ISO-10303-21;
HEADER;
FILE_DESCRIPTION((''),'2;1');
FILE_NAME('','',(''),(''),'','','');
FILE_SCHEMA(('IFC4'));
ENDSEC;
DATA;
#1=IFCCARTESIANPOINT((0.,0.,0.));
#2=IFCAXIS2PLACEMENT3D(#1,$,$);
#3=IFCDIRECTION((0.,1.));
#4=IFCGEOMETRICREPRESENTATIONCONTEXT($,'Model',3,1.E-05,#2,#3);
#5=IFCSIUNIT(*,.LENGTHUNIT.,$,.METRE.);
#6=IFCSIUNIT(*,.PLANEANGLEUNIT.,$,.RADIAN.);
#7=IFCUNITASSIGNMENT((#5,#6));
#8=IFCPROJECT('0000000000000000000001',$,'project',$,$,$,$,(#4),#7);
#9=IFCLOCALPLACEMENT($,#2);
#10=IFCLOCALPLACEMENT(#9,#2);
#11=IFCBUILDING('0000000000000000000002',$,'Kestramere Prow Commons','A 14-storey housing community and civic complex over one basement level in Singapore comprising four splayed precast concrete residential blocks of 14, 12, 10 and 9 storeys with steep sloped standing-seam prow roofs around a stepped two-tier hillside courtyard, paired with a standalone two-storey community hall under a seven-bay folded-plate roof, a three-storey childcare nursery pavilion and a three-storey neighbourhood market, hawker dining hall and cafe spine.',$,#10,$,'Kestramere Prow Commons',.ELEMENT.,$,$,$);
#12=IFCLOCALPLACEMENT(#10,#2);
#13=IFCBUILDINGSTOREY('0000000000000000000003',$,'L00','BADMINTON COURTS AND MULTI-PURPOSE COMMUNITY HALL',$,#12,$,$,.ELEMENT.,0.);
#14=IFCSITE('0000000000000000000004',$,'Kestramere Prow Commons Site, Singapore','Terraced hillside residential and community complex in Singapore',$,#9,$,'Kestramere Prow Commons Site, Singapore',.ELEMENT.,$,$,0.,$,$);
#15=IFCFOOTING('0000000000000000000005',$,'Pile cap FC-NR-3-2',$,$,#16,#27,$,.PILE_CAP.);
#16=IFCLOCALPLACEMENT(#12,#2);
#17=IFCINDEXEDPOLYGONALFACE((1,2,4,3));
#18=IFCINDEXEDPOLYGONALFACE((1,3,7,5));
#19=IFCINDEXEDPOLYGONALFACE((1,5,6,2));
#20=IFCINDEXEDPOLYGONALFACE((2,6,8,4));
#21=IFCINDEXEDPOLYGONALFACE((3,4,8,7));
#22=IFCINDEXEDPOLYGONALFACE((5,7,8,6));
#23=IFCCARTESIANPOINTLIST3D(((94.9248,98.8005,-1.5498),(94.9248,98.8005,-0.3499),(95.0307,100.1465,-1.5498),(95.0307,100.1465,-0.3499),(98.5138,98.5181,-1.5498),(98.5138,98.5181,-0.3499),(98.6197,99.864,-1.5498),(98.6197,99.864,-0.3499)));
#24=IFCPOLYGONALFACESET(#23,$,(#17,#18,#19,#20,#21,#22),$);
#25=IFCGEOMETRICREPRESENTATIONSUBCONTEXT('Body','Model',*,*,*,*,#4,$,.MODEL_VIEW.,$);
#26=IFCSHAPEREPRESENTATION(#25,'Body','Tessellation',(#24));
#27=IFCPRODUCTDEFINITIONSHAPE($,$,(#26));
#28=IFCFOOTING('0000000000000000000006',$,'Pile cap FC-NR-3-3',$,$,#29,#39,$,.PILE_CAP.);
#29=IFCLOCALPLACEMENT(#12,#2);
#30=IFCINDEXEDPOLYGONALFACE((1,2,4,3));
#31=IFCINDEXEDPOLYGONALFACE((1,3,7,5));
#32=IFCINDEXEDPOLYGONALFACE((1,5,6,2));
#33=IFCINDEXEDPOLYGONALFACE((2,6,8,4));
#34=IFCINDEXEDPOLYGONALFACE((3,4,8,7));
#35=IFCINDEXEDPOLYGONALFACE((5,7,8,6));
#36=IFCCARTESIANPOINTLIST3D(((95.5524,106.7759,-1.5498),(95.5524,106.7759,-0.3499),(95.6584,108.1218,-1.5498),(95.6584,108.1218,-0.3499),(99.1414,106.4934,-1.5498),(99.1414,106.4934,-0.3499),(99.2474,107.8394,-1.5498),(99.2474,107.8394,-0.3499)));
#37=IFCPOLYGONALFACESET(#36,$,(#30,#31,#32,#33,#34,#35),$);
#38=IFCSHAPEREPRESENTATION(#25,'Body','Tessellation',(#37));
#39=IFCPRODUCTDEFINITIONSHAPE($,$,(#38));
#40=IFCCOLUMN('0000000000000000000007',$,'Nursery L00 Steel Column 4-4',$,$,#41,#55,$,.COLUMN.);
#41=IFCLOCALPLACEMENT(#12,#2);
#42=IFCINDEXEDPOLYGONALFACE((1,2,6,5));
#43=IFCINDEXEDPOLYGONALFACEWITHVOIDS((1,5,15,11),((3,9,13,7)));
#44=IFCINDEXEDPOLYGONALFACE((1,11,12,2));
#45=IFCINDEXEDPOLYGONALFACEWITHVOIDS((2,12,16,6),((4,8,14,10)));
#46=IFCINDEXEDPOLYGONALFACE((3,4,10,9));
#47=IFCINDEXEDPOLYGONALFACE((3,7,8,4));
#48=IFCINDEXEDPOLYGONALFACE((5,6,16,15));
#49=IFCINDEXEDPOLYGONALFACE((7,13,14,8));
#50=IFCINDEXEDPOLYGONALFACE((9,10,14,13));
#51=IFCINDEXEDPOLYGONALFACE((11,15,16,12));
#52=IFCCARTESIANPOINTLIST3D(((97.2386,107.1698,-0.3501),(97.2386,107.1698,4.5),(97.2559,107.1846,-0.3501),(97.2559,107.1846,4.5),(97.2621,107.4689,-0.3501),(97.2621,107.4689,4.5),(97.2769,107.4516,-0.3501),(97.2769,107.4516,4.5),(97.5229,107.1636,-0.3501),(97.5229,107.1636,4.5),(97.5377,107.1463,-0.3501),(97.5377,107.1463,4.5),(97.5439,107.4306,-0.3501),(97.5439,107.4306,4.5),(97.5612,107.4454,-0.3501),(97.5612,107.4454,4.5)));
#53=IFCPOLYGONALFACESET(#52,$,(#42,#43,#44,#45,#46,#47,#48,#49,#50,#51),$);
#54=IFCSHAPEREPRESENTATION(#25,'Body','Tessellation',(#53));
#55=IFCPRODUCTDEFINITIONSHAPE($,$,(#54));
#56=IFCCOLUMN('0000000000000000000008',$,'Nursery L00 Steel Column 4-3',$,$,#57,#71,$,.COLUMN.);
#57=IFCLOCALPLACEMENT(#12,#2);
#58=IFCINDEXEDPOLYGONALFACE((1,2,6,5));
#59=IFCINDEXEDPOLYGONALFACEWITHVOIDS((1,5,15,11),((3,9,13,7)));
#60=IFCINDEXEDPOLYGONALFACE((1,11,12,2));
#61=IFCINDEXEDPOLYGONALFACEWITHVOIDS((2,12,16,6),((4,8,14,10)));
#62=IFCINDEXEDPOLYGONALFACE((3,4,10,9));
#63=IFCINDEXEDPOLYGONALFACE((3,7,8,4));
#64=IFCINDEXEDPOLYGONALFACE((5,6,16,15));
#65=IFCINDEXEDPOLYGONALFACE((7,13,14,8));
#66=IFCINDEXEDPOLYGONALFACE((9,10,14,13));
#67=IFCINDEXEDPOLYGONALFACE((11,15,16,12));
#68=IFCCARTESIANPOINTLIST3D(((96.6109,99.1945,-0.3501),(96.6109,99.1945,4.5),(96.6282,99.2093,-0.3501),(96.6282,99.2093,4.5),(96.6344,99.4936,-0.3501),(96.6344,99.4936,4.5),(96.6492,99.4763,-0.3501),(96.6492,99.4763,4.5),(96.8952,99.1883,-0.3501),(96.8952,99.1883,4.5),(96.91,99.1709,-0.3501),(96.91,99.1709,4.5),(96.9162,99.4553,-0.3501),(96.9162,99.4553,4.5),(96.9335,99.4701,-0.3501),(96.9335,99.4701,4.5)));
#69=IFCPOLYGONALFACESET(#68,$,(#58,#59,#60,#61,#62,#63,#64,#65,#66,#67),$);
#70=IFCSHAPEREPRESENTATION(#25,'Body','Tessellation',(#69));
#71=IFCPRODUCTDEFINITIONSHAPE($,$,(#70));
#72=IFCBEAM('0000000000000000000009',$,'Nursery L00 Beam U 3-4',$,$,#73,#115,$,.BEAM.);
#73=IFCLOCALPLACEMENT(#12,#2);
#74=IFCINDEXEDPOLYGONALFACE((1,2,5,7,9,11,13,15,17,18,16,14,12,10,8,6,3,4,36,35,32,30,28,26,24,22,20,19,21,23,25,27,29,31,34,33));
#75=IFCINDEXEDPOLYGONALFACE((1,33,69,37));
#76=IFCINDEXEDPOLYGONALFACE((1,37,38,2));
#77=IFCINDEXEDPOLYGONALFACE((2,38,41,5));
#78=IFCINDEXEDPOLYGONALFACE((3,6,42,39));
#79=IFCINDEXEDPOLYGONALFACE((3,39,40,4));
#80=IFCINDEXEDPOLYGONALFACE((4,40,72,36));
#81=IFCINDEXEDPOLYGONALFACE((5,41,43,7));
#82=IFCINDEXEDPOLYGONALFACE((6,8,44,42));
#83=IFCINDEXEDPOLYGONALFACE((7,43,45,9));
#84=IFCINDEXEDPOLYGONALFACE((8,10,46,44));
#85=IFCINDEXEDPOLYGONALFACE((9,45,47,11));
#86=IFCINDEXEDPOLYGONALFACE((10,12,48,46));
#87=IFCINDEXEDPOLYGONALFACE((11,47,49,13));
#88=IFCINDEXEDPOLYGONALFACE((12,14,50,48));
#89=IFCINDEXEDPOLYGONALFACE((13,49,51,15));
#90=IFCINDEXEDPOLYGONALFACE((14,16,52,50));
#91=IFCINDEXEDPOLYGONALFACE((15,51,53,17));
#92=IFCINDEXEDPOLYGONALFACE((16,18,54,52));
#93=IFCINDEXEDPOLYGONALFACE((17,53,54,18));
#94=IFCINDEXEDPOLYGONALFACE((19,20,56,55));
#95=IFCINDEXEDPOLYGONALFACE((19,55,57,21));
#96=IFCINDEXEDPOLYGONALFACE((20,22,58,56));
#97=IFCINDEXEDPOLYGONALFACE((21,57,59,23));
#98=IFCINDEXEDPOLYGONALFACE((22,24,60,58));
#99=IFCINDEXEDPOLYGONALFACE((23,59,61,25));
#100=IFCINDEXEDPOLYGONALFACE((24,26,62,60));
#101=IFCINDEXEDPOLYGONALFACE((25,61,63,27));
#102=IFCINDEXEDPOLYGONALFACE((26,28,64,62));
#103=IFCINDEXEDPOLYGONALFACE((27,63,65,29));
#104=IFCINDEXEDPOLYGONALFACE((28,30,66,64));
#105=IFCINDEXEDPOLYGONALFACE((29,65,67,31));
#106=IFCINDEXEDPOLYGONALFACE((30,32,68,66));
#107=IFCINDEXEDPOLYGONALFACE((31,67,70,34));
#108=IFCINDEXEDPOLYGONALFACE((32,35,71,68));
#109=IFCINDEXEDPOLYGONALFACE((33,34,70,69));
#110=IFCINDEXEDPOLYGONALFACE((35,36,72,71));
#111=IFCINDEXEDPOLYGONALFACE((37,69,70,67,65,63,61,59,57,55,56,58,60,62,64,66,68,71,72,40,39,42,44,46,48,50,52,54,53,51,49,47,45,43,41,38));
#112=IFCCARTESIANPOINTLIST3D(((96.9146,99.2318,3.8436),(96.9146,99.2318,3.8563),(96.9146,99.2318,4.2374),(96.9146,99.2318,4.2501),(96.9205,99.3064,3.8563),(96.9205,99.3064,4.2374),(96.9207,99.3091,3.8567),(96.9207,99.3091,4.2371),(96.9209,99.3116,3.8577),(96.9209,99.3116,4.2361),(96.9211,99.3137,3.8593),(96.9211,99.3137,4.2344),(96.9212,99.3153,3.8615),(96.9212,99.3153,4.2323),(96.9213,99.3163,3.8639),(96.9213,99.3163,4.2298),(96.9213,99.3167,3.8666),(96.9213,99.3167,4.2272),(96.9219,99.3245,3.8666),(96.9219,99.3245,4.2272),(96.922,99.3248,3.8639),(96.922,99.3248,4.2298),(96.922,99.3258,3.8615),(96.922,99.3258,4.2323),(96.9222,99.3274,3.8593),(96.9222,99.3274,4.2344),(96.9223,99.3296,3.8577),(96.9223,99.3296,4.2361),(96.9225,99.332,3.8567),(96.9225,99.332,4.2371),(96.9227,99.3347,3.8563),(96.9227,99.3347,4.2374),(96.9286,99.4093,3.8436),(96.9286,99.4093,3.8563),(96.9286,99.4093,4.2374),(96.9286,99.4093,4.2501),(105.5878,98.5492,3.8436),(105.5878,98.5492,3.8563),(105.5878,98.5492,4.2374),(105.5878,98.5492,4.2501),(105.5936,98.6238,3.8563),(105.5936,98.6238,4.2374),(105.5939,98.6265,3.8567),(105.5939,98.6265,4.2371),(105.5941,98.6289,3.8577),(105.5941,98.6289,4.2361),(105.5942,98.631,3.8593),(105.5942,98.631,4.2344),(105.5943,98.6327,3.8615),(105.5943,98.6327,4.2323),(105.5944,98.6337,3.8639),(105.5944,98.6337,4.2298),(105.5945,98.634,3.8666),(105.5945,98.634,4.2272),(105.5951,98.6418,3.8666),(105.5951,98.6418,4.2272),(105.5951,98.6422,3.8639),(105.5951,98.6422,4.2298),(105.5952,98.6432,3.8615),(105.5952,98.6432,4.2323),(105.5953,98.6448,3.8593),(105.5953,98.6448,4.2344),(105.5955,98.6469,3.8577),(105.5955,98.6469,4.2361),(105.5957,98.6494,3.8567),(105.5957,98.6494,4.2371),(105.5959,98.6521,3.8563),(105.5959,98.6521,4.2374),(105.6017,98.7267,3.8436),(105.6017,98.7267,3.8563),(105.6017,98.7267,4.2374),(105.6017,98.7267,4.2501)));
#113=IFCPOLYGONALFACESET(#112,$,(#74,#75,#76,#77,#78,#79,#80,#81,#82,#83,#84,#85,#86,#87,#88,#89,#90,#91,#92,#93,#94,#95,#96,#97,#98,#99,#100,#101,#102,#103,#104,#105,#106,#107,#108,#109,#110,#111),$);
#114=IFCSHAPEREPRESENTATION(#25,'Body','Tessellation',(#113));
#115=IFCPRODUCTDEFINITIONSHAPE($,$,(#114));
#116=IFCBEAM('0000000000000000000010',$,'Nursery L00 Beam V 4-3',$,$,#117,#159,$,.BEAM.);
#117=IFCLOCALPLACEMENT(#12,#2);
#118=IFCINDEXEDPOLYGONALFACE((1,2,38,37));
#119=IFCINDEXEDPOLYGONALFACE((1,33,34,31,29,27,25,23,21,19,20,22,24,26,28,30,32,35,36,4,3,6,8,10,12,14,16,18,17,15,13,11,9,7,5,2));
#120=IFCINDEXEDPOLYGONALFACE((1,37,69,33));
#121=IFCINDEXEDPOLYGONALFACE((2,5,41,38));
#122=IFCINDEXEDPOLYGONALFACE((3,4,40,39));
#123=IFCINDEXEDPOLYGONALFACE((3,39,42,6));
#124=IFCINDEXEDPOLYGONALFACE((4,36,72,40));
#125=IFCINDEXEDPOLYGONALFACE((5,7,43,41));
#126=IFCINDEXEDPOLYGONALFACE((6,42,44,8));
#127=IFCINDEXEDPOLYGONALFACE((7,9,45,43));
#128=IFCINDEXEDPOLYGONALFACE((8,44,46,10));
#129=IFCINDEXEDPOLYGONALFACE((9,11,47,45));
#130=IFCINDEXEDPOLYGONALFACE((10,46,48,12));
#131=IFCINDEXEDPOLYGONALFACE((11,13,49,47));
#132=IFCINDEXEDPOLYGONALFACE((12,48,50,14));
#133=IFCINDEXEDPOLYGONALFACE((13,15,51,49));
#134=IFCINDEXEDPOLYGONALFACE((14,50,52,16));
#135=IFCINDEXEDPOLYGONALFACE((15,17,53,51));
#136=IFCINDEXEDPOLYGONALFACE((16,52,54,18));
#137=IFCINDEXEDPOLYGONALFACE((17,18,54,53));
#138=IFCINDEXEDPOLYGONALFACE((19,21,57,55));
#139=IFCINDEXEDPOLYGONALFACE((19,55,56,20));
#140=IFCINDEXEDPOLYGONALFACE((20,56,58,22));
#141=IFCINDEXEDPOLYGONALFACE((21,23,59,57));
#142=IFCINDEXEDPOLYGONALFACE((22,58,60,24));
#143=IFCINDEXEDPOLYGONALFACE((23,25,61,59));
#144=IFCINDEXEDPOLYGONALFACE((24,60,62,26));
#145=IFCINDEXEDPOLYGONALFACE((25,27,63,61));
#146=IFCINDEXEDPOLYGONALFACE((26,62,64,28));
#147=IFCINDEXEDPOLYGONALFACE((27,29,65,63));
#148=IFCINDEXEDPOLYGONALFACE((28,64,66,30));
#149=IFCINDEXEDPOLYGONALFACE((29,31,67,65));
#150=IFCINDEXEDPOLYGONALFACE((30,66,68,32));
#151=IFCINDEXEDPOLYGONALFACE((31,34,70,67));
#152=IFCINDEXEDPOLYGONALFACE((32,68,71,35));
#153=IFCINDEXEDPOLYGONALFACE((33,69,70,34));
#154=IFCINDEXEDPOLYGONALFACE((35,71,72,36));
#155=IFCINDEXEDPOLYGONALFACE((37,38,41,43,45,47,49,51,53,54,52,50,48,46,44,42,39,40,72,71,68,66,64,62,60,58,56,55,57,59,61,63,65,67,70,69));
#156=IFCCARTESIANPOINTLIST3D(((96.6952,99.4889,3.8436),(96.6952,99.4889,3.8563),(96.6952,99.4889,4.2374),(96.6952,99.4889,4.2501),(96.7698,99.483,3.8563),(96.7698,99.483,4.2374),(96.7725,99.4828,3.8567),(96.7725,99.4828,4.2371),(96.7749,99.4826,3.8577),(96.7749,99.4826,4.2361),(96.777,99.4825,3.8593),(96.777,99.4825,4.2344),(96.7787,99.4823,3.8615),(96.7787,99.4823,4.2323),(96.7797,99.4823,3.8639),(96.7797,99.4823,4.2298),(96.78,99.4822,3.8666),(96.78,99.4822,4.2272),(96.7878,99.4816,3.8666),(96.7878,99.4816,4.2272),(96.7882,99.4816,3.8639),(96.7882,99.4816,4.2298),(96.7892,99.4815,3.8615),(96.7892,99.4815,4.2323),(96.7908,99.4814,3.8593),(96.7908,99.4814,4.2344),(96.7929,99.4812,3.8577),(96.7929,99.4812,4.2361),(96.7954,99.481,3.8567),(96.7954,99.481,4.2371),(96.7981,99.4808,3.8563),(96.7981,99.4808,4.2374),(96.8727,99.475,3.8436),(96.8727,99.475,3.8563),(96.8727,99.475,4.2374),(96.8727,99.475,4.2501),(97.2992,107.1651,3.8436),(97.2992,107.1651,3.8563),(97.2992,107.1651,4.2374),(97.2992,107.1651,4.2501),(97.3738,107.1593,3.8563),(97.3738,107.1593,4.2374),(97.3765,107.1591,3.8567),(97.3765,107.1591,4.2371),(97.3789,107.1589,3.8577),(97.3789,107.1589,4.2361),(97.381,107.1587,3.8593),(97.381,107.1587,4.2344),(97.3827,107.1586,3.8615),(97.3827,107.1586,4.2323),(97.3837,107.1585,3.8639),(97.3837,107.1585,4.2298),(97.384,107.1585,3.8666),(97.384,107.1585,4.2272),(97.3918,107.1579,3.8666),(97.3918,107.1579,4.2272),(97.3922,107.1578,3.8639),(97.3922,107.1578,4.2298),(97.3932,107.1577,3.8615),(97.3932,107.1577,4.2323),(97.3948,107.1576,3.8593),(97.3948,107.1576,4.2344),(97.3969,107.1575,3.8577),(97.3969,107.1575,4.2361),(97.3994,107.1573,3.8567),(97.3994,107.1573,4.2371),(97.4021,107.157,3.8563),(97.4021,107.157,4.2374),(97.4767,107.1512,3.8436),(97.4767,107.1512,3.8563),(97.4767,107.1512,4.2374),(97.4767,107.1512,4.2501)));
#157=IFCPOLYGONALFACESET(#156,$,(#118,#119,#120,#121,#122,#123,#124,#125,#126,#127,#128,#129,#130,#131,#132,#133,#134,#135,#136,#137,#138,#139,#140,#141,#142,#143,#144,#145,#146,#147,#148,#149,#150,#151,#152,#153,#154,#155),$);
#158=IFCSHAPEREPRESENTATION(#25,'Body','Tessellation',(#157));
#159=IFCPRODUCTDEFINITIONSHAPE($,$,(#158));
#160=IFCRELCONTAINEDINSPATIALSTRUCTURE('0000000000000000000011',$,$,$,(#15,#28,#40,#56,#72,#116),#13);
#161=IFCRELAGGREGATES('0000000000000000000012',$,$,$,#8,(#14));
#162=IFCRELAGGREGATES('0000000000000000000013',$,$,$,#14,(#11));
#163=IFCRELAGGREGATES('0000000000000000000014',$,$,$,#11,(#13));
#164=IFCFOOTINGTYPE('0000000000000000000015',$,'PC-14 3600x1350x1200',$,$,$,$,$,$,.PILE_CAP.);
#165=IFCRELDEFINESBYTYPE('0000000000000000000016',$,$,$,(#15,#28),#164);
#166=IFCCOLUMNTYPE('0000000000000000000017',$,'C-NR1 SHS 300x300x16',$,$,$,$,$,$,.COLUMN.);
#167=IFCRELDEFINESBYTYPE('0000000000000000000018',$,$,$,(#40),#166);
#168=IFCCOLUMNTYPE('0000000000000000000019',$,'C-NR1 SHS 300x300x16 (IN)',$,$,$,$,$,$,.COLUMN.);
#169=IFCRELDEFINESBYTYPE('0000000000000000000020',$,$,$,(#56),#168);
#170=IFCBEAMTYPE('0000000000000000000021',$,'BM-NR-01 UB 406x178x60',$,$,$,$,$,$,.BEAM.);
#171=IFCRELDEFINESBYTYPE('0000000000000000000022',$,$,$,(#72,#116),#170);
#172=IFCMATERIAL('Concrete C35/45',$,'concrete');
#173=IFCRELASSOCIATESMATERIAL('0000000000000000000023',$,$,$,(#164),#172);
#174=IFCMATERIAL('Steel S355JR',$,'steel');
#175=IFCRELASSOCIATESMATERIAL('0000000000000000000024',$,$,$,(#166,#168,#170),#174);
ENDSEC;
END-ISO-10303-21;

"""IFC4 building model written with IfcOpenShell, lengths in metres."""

from ifc_helpers import new_model, si_unit, direction, frame, origin, origin_2d, place, context, subcontext, project, spatial, rectangle, hollow_rectangle, i_section, extrude, material, material_profile, profile_set, type_object, element, save


model = new_model("IFC4")

# Units and contexts
model_context = context("Model", 3, precision=1e-05, world=origin(), true_north=direction((0.0, 1.0)))
body_context = subcontext(model_context, "Body", "Model", "MODEL_VIEW")
ifc_project = project(units=[si_unit("LENGTHUNIT", "METRE"), si_unit("PLANEANGLEUNIT", "RADIAN")], contexts=[model_context])

# Site, building, storey
site_placement = place(None, origin())
site = spatial("IfcSite", under=ifc_project, at=site_placement, Name="Kestramere Prow Commons Site, Singapore", Description="Terraced hillside residential and community complex in Singapore", LongName="Kestramere Prow Commons Site, Singapore", CompositionType="ELEMENT", RefElevation=0.0)
building_placement = place(site_placement, origin())
building = spatial("IfcBuilding", under=site, at=building_placement, Name="Kestramere Prow Commons", Description="A 14-storey housing community and civic complex over one basement level in Singapore comprising four splayed precast concrete residential blocks of 14, 12, 10 and 9 storeys with steep sloped standing-seam prow roofs around a stepped two-tier hillside courtyard, paired with a standalone two-storey community hall under a seven-bay folded-plate roof, a three-storey childcare nursery pavilion and a three-storey neighbourhood market, hawker dining hall and cafe spine.", LongName="Kestramere Prow Commons", CompositionType="ELEMENT")
storey_placement = place(building_placement, origin())
storey = spatial("IfcBuildingStorey", under=building, at=storey_placement, Name="L00", Description="BADMINTON COURTS AND MULTI-PURPOSE COMMUNITY HALL", CompositionType="ELEMENT", Elevation=0.0)

# Shared definitions
ifc_material_1 = material(Name="Concrete C35/45", Category="concrete")

# Footings
footing_type_1 = type_object("IfcFootingType", Name="PC-14 3600x1350x1200", PredefinedType="PILE_CAP", material=ifc_material_1)
for number, where, z_axis, x_axis, name in (
    (1, (96.7722, 99.3323, -1.5498), (0.0, 0.0, 1.0), (0.996917, -0.078459, 0.0), "Pile cap FC-NR-3-2"),
    (2, (97.3999, 107.3076, -1.5498), (0.0, 0.0, 1.0), (0.996917, -0.078459, 0.0), "Pile cap FC-NR-3-3"),
):
    element("IfcFooting", number, at=place(storey_placement, frame(where, z_axis=z_axis, x_axis=x_axis)), inside=storey, type_object=footing_type_1, Name=name, PredefinedType="PILE_CAP", context=body_context, shape_type="SweptSolid", body=[
        extrude(rectangle(XDim=3.6001, YDim=1.3501, at=origin_2d()), origin(), (0.0, 0.0, 1.0), 1.2),
    ])

# Columns
ifc_material_2 = material(Name="Steel S355JR", Category="steel")
ifc_material_profile_1 = material_profile(ifc_material_2, hollow_rectangle(XDim=0.3, YDim=0.3, WallThickness=0.0161, at=origin_2d()), Name="SHS 300x300x16")
ifc_profile_set_1 = profile_set([ifc_material_profile_1], Name="Steel S355JR")
column_type_1 = type_object("IfcColumnType", Name="C-NR1 SHS 300x300x16", PredefinedType="COLUMN", material=ifc_profile_set_1)
column_1_placement = place(storey_placement, frame((97.3999, 107.3076, -0.3501), z_axis=(0.0, 0.0, 1.0), x_axis=(0.996917, -0.078459, 0.0)))
element("IfcColumn", 3, at=column_1_placement, inside=storey, type_object=column_type_1, Name="Nursery L00 Steel Column 4-4", PredefinedType="COLUMN", context=body_context, shape_type="SweptSolid", body=[
    extrude(hollow_rectangle(XDim=0.3, YDim=0.3, WallThickness=0.0161, at=origin_2d()), origin(), (0.0, 0.0, 1.0), 4.8501),
])
ifc_material_profile_2 = material_profile(ifc_material_2, hollow_rectangle(XDim=0.3, YDim=0.3, WallThickness=0.0161, at=origin_2d()), Name="SHS 300x300x16")
ifc_profile_set_2 = profile_set([ifc_material_profile_2], Name="Steel S355JR")
column_type_2 = type_object("IfcColumnType", Name="C-NR1 SHS 300x300x16 (IN)", PredefinedType="COLUMN", material=ifc_profile_set_2)
column_2_placement = place(storey_placement, frame((96.7722, 99.3323, -0.3501), z_axis=(0.0, 0.0, 1.0), x_axis=(0.996917, -0.078459, 0.0)))
element("IfcColumn", 4, at=column_2_placement, inside=storey, type_object=column_type_2, Name="Nursery L00 Steel Column 4-3", PredefinedType="COLUMN", context=body_context, shape_type="SweptSolid", body=[
    extrude(hollow_rectangle(XDim=0.3, YDim=0.3, WallThickness=0.0161, at=origin_2d()), origin(), (0.0, 0.0, 1.0), 4.8501),
])

# Beams
ifc_material_profile_3 = material_profile(ifc_material_2, i_section(OverallWidth=0.178, OverallDepth=0.4065, WebThickness=0.0078, FlangeThickness=0.0127, FilletRadius=0.0103, at=origin_2d()), Name="UB 406x178x60")
ifc_profile_set_3 = profile_set([ifc_material_profile_3], Name="Steel S355JR")
beam_type_1 = type_object("IfcBeamType", Name="BM-NR-01 UB 406x178x60", PredefinedType="BEAM", material=ifc_profile_set_3)
beam_1_placement = place(storey_placement, frame((96.9216, 99.3206, 4.0469), z_axis=(0.996917, -0.078462, 0.0), x_axis=(0.078462, 0.996917, 0.0)))
element("IfcBeam", 5, at=beam_1_placement, inside=storey, type_object=beam_type_1, Name="Nursery L00 Beam U 3-4", PredefinedType="BEAM", context=body_context, shape_type="SweptSolid", body=[
    extrude(i_section(OverallWidth=0.178, OverallDepth=0.4065, WebThickness=0.0078, FlangeThickness=0.0127, FilletRadius=0.0103, at=origin_2d()), origin(), (0.0, 0.0, 1.0), 8.7),
])
beam_2_placement = place(storey_placement, frame((96.7839, 99.4819, 4.0469), z_axis=(0.078442, 0.996919, 0.0), x_axis=(-0.996919, 0.078442, 0.0)))
element("IfcBeam", 6, at=beam_2_placement, inside=storey, type_object=beam_type_1, Name="Nursery L00 Beam V 4-3", PredefinedType="BEAM", context=body_context, shape_type="SweptSolid", body=[
    extrude(i_section(OverallWidth=0.178, OverallDepth=0.4065, WebThickness=0.0078, FlangeThickness=0.0127, FilletRadius=0.0103, at=origin_2d()), origin(), (0.0, 0.0, 1.0), 7.7),
])

save(model, "model.ifc")
